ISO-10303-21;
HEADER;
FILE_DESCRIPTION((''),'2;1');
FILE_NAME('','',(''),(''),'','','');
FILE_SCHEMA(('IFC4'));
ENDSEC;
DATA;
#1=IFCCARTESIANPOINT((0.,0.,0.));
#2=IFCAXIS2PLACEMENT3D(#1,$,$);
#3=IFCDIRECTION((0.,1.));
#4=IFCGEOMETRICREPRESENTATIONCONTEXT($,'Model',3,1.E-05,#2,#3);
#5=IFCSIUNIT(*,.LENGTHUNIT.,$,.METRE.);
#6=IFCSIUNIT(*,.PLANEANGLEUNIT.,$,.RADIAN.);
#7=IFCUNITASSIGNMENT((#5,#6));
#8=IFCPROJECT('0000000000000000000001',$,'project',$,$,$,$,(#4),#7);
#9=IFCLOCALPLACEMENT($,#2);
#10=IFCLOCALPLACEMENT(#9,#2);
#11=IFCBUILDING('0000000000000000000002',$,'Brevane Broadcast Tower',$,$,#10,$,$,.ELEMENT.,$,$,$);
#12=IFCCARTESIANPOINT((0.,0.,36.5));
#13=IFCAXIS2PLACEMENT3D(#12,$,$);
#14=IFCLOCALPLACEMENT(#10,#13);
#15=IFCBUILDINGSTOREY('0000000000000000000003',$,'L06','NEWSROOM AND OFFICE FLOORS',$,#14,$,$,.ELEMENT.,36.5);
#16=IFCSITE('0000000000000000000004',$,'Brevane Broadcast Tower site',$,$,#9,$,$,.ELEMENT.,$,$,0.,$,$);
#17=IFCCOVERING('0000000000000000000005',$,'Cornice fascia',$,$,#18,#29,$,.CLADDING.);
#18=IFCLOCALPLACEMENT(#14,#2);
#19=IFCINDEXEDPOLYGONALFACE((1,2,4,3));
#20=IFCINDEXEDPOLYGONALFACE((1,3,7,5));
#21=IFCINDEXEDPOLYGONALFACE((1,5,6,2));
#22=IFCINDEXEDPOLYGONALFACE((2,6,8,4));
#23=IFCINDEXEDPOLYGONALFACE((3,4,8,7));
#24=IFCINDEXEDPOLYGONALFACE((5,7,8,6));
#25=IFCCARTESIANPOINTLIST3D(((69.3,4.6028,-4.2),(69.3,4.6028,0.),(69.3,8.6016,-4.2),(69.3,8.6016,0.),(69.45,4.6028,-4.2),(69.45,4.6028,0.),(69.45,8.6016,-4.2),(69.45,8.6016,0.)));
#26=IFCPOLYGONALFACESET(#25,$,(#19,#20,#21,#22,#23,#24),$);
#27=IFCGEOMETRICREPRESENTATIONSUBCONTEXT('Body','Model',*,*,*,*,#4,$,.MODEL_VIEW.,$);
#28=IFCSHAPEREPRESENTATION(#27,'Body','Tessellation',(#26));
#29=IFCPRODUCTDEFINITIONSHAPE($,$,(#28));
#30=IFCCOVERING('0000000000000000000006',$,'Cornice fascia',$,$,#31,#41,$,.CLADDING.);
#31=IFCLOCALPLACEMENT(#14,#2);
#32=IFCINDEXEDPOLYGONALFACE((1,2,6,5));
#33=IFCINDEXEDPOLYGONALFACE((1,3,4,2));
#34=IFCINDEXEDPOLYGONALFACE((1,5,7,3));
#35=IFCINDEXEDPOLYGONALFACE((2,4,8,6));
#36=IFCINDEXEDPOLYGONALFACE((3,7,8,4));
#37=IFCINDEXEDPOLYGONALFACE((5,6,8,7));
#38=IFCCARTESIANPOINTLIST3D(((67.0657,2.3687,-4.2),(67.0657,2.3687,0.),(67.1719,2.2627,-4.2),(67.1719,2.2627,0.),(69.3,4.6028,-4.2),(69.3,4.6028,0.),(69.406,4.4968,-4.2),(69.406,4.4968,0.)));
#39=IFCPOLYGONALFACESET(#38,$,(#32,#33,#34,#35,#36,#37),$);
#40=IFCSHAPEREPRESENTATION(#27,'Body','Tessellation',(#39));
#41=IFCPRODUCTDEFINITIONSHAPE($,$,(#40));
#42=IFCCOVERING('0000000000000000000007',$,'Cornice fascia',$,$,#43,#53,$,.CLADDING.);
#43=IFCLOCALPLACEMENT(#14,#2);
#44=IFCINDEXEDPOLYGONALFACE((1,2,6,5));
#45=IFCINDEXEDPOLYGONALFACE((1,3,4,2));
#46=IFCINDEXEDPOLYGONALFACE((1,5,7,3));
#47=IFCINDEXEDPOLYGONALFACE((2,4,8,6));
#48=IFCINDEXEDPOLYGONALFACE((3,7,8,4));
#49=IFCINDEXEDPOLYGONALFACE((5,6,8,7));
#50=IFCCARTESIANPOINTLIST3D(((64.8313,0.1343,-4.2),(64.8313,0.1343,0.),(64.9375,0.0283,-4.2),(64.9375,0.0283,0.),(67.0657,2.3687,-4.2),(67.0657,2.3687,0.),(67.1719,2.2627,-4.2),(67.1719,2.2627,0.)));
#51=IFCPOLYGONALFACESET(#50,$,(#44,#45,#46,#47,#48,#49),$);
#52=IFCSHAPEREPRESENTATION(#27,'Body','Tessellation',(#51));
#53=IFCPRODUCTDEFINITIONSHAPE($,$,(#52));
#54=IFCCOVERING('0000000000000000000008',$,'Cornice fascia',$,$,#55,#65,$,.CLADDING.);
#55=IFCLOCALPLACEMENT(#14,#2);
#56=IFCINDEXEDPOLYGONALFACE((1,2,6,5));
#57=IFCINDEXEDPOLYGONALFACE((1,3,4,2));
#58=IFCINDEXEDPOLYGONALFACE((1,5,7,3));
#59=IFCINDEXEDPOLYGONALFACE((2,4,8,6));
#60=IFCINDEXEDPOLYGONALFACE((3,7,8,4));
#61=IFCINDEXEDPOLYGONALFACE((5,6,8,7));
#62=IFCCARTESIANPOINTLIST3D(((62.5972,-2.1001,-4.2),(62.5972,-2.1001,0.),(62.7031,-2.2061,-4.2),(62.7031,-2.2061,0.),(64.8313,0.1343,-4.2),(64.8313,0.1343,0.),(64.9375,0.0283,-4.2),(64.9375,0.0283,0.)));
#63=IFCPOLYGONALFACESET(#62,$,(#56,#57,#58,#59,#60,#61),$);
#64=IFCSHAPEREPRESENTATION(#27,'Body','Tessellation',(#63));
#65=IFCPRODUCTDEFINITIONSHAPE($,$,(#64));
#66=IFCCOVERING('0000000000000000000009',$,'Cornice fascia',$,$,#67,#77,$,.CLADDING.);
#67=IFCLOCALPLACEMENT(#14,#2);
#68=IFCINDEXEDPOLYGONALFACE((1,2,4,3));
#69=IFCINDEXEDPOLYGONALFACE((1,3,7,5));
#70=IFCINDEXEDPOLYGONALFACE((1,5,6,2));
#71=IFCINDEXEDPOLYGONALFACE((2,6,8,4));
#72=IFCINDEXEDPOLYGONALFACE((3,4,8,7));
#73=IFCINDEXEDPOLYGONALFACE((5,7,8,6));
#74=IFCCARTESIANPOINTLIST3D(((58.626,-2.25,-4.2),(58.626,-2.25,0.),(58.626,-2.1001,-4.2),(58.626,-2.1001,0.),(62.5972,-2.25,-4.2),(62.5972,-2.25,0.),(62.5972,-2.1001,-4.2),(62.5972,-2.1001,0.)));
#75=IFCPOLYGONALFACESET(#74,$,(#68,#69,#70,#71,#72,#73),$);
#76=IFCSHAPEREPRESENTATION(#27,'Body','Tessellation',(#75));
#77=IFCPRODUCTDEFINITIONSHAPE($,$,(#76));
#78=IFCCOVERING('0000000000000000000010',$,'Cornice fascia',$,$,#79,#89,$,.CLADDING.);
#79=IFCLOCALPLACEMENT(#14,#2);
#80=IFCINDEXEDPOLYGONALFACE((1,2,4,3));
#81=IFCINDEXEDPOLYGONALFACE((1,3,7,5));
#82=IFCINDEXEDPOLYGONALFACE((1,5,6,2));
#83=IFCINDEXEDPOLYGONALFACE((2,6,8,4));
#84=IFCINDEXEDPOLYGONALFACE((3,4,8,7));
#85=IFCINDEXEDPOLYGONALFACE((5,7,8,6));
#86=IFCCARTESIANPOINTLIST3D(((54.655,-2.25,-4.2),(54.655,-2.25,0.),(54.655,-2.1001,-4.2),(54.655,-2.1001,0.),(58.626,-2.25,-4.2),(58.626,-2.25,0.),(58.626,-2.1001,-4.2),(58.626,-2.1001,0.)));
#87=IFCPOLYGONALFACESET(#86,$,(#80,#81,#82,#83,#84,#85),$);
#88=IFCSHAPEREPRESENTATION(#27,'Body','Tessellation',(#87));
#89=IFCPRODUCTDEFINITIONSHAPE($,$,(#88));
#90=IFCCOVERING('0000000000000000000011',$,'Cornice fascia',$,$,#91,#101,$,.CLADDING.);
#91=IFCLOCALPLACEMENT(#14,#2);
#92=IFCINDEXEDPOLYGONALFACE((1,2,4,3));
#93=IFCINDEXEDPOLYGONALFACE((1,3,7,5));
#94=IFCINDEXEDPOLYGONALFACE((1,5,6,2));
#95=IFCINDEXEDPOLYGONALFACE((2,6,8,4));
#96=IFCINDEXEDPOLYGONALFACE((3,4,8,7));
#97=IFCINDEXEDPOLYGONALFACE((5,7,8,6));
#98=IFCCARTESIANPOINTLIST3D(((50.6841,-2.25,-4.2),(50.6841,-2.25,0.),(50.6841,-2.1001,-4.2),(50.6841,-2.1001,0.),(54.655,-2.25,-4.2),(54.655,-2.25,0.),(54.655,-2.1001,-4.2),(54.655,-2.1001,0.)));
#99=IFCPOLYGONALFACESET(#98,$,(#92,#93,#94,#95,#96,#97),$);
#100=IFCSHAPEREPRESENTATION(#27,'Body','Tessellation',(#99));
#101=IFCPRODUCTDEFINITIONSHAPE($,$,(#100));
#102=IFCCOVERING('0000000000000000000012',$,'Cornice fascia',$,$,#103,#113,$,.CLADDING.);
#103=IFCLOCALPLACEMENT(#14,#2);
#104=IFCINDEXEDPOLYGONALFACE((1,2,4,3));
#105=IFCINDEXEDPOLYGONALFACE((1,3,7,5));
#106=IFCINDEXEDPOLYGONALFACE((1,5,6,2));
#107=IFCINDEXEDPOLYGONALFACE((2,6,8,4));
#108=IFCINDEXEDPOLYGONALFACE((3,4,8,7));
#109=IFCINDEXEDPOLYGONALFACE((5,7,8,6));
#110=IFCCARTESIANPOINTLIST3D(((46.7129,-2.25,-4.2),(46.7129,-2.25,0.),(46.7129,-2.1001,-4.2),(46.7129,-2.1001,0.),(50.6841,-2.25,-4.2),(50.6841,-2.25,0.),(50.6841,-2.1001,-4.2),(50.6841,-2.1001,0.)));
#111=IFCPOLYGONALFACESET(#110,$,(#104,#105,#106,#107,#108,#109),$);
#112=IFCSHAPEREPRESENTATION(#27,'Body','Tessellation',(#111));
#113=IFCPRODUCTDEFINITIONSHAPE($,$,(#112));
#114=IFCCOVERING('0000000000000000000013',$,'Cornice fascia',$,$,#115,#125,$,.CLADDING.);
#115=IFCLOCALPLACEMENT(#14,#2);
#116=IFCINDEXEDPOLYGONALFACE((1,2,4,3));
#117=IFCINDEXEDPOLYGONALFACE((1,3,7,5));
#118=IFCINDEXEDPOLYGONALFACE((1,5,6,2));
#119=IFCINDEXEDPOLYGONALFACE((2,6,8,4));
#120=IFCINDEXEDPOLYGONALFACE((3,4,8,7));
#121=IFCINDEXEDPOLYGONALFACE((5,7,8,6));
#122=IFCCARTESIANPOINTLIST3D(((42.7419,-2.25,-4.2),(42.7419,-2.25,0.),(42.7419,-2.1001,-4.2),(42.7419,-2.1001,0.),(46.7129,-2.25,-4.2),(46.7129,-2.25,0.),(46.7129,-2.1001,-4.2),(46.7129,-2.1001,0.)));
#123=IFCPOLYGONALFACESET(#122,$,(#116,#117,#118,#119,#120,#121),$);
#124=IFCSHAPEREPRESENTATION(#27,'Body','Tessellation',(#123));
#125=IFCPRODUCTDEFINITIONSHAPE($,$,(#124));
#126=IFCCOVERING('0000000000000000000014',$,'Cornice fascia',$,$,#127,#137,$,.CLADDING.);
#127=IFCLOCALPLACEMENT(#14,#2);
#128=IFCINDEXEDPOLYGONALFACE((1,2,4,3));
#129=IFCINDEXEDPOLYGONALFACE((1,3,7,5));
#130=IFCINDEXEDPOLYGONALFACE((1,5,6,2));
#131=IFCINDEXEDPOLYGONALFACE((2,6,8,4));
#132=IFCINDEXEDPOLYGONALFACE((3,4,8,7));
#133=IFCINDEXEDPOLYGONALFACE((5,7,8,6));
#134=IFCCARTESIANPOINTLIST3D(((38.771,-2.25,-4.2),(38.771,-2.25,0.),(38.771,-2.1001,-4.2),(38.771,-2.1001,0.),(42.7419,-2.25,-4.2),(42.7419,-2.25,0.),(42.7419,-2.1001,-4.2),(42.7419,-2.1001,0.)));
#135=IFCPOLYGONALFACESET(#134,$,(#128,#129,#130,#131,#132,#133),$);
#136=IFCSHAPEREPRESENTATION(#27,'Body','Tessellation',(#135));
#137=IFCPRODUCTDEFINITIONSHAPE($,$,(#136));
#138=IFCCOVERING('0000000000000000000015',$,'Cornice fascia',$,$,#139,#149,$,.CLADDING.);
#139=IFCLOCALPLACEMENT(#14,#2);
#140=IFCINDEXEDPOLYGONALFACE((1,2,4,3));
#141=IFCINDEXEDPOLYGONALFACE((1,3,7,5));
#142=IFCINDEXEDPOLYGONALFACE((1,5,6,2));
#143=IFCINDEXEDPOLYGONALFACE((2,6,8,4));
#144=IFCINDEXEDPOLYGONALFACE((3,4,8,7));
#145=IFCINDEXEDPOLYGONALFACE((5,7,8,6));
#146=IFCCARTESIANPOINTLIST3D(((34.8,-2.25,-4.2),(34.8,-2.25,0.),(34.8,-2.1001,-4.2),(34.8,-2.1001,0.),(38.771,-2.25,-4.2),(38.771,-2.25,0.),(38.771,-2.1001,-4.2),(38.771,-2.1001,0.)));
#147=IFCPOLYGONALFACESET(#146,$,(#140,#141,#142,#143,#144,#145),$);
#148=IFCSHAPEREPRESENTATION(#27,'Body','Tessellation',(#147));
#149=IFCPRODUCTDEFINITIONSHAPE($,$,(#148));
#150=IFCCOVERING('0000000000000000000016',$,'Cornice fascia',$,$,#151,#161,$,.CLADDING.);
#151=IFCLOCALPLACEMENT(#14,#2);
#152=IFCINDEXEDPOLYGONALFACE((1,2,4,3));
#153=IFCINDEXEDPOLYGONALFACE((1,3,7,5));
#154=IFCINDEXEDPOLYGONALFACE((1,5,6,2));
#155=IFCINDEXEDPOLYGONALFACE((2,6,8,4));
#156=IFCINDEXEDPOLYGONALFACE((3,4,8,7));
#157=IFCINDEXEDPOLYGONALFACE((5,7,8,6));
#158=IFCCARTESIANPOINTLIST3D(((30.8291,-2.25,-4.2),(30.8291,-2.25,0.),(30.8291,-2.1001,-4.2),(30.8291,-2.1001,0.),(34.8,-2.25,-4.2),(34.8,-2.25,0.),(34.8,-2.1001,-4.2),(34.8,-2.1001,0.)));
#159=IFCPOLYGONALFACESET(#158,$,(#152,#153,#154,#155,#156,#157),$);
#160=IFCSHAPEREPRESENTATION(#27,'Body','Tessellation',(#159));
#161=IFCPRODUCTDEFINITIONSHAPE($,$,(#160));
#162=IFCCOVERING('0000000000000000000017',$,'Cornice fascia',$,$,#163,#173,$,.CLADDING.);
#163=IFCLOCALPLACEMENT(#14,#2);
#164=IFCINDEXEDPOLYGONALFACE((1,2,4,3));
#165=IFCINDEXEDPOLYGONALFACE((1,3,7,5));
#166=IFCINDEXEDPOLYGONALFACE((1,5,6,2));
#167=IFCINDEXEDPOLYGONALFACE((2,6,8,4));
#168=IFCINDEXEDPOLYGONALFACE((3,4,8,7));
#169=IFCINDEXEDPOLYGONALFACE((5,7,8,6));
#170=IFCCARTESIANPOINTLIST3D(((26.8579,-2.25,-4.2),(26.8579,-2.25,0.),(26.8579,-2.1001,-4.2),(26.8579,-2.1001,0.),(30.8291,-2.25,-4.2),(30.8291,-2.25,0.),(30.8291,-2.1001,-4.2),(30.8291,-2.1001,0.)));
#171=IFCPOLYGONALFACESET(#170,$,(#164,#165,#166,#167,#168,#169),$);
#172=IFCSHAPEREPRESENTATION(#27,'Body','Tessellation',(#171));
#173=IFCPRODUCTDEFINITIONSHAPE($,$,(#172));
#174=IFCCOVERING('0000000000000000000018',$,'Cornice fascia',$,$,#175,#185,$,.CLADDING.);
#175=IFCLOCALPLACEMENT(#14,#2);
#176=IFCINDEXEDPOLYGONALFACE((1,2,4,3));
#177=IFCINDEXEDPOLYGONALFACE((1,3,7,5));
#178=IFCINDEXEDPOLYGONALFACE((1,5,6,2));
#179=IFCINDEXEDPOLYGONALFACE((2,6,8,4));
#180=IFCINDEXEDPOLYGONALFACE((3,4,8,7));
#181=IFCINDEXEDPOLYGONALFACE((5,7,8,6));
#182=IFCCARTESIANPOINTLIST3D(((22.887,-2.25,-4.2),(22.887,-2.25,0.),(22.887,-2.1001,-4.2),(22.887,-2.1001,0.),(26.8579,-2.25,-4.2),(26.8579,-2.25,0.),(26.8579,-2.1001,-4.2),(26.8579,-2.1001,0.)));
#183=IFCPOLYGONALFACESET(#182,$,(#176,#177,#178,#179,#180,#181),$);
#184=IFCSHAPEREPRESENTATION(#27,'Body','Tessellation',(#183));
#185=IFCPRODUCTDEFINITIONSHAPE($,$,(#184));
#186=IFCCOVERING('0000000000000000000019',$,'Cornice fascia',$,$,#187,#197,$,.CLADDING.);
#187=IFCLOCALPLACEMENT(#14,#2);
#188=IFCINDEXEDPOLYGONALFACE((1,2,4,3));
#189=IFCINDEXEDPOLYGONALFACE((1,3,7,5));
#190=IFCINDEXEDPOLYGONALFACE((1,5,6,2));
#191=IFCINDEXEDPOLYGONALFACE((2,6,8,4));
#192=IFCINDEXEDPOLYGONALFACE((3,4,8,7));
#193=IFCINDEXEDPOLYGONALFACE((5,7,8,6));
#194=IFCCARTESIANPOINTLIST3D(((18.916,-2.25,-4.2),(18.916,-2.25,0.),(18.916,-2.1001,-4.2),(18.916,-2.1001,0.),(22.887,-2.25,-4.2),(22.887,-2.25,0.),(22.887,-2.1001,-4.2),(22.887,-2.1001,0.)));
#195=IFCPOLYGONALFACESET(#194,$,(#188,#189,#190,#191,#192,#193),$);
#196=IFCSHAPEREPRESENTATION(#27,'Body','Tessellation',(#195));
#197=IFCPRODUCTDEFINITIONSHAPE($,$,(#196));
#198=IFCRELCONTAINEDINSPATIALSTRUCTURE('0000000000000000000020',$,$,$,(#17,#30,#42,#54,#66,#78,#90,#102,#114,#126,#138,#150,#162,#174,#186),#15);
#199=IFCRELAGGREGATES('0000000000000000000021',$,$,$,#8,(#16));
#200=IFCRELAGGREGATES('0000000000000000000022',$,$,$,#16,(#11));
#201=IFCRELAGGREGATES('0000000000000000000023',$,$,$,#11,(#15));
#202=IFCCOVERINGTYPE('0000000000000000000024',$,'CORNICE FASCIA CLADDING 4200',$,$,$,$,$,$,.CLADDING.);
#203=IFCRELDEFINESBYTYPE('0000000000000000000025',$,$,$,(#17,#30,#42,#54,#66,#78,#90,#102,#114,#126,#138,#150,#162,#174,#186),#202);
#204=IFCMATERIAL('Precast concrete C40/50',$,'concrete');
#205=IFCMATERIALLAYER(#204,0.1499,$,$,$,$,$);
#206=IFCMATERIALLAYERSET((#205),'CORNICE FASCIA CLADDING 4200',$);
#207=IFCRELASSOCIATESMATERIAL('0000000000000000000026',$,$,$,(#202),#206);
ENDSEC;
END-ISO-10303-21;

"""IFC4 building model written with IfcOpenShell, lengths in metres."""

from ifc_helpers import new_model, si_unit, direction, frame, origin, place, context, subcontext, project, spatial, polyline, outline, extrude, material, layer, layer_set, type_object, element, save


model = new_model("IFC4")

# Units and contexts
model_context = context("Model", 3, precision=1e-05, world=origin(), true_north=direction((0.0, 1.0)))
body_context = subcontext(model_context, "Body", "Model", "MODEL_VIEW")
ifc_project = project(units=[si_unit("LENGTHUNIT", "METRE"), si_unit("PLANEANGLEUNIT", "RADIAN")], contexts=[model_context])

# Site, building, storey
site_placement = place(None, origin())
site = spatial("IfcSite", under=ifc_project, at=site_placement, Name="Brevane Broadcast Tower site", CompositionType="ELEMENT", RefElevation=0.0)
building_placement = place(site_placement, origin())
building = spatial("IfcBuilding", under=site, at=building_placement, Name="Brevane Broadcast Tower", CompositionType="ELEMENT")
storey_placement = place(building_placement, frame((0.0, 0.0, 36.5)))
storey = spatial("IfcBuildingStorey", under=building, at=storey_placement, Name="L06", Description="NEWSROOM AND OFFICE FLOORS", CompositionType="ELEMENT", Elevation=36.5)

# Coverings
ifc_material = material(Name="Precast concrete C40/50", Category="concrete")
ifc_layer = layer(ifc_material, 0.1499)
ifc_layer_set = layer_set([ifc_layer], Name="CORNICE FASCIA CLADDING 4200")
covering_type = type_object("IfcCoveringType", Name="CORNICE FASCIA CLADDING 4200", PredefinedType="CLADDING", material=ifc_layer_set)
covering_1_placement = place(storey_placement, frame((0.0, 0.0, -4.2)))
element("IfcCovering", 1, at=covering_1_placement, inside=storey, type_object=covering_type, Name="Cornice fascia", PredefinedType="CLADDING", context=body_context, shape_type="SweptSolid", body=[
    extrude(outline(polyline([(69.3, 8.6016), (69.3, 4.6028), (69.45, 4.6028), (69.45, 8.6016), (69.3, 8.6016)])), origin(), (0.0, 0.0, 1.0), 4.2),
])
covering_2_placement = place(storey_placement, frame((0.0, 0.0, -4.2)))
element("IfcCovering", 2, at=covering_2_placement, inside=storey, type_object=covering_type, Name="Cornice fascia", PredefinedType="CLADDING", context=body_context, shape_type="SweptSolid", body=[
    extrude(outline(polyline([(69.3, 4.6028), (67.0657, 2.3687), (67.1719, 2.2627), (69.406, 4.4968), (69.3, 4.6028)])), origin(), (0.0, 0.0, 1.0), 4.2),
])
covering_3_placement = place(storey_placement, frame((0.0, 0.0, -4.2)))
element("IfcCovering", 3, at=covering_3_placement, inside=storey, type_object=covering_type, Name="Cornice fascia", PredefinedType="CLADDING", context=body_context, shape_type="SweptSolid", body=[
    extrude(outline(polyline([(67.0657, 2.3687), (64.8313, 0.1343), (64.9375, 0.0283), (67.1719, 2.2627), (67.0657, 2.3687)])), origin(), (0.0, 0.0, 1.0), 4.2),
])
covering_4_placement = place(storey_placement, frame((0.0, 0.0, -4.2)))
element("IfcCovering", 4, at=covering_4_placement, inside=storey, type_object=covering_type, Name="Cornice fascia", PredefinedType="CLADDING", context=body_context, shape_type="SweptSolid", body=[
    extrude(outline(polyline([(64.8313, 0.1343), (62.5972, -2.1001), (62.7031, -2.2061), (64.9375, 0.0283), (64.8313, 0.1343)])), origin(), (0.0, 0.0, 1.0), 4.2),
])
covering_5_placement = place(storey_placement, frame((0.0, 0.0, -4.2)))
element("IfcCovering", 5, at=covering_5_placement, inside=storey, type_object=covering_type, Name="Cornice fascia", PredefinedType="CLADDING", context=body_context, shape_type="SweptSolid", body=[
    extrude(outline(polyline([(62.5972, -2.1001), (58.626, -2.1001), (58.626, -2.25), (62.5972, -2.25), (62.5972, -2.1001)])), origin(), (0.0, 0.0, 1.0), 4.2),
])
covering_6_placement = place(storey_placement, frame((0.0, 0.0, -4.2)))
element("IfcCovering", 6, at=covering_6_placement, inside=storey, type_object=covering_type, Name="Cornice fascia", PredefinedType="CLADDING", context=body_context, shape_type="SweptSolid", body=[
    extrude(outline(polyline([(58.626, -2.1001), (54.655, -2.1001), (54.655, -2.25), (58.626, -2.25), (58.626, -2.1001)])), origin(), (0.0, 0.0, 1.0), 4.2),
])
covering_7_placement = place(storey_placement, frame((0.0, 0.0, -4.2)))
element("IfcCovering", 7, at=covering_7_placement, inside=storey, type_object=covering_type, Name="Cornice fascia", PredefinedType="CLADDING", context=body_context, shape_type="SweptSolid", body=[
    extrude(outline(polyline([(54.655, -2.1001), (50.6841, -2.1001), (50.6841, -2.25), (54.655, -2.25), (54.655, -2.1001)])), origin(), (0.0, 0.0, 1.0), 4.2),
])
covering_8_placement = place(storey_placement, frame((0.0, 0.0, -4.2)))
element("IfcCovering", 8, at=covering_8_placement, inside=storey, type_object=covering_type, Name="Cornice fascia", PredefinedType="CLADDING", context=body_context, shape_type="SweptSolid", body=[
    extrude(outline(polyline([(50.6841, -2.1001), (46.7129, -2.1001), (46.7129, -2.25), (50.6841, -2.25), (50.6841, -2.1001)])), origin(), (0.0, 0.0, 1.0), 4.2),
])
covering_9_placement = place(storey_placement, frame((0.0, 0.0, -4.2)))
element("IfcCovering", 9, at=covering_9_placement, inside=storey, type_object=covering_type, Name="Cornice fascia", PredefinedType="CLADDING", context=body_context, shape_type="SweptSolid", body=[
    extrude(outline(polyline([(46.7129, -2.1001), (42.7419, -2.1001), (42.7419, -2.25), (46.7129, -2.25), (46.7129, -2.1001)])), origin(), (0.0, 0.0, 1.0), 4.2),
])
covering_10_placement = place(storey_placement, frame((0.0, 0.0, -4.2)))
element("IfcCovering", 10, at=covering_10_placement, inside=storey, type_object=covering_type, Name="Cornice fascia", PredefinedType="CLADDING", context=body_context, shape_type="SweptSolid", body=[
    extrude(outline(polyline([(42.7419, -2.1001), (38.771, -2.1001), (38.771, -2.25), (42.7419, -2.25), (42.7419, -2.1001)])), origin(), (0.0, 0.0, 1.0), 4.2),
])
covering_11_placement = place(storey_placement, frame((0.0, 0.0, -4.2)))
element("IfcCovering", 11, at=covering_11_placement, inside=storey, type_object=covering_type, Name="Cornice fascia", PredefinedType="CLADDING", context=body_context, shape_type="SweptSolid", body=[
    extrude(outline(polyline([(38.771, -2.1001), (34.8, -2.1001), (34.8, -2.25), (38.771, -2.25), (38.771, -2.1001)])), origin(), (0.0, 0.0, 1.0), 4.2),
])
covering_12_placement = place(storey_placement, frame((0.0, 0.0, -4.2)))
element("IfcCovering", 12, at=covering_12_placement, inside=storey, type_object=covering_type, Name="Cornice fascia", PredefinedType="CLADDING", context=body_context, shape_type="SweptSolid", body=[
    extrude(outline(polyline([(34.8, -2.1001), (30.8291, -2.1001), (30.8291, -2.25), (34.8, -2.25), (34.8, -2.1001)])), origin(), (0.0, 0.0, 1.0), 4.2),
])
covering_13_placement = place(storey_placement, frame((0.0, 0.0, -4.2)))
element("IfcCovering", 13, at=covering_13_placement, inside=storey, type_object=covering_type, Name="Cornice fascia", PredefinedType="CLADDING", context=body_context, shape_type="SweptSolid", body=[
    extrude(outline(polyline([(30.8291, -2.1001), (26.8579, -2.1001), (26.8579, -2.25), (30.8291, -2.25), (30.8291, -2.1001)])), origin(), (0.0, 0.0, 1.0), 4.2),
])
covering_14_placement = place(storey_placement, frame((0.0, 0.0, -4.2)))
element("IfcCovering", 14, at=covering_14_placement, inside=storey, type_object=covering_type, Name="Cornice fascia", PredefinedType="CLADDING", context=body_context, shape_type="SweptSolid", body=[
    extrude(outline(polyline([(26.8579, -2.1001), (22.887, -2.1001), (22.887, -2.25), (26.8579, -2.25), (26.8579, -2.1001)])), origin(), (0.0, 0.0, 1.0), 4.2),
])
covering_15_placement = place(storey_placement, frame((0.0, 0.0, -4.2)))
element("IfcCovering", 15, at=covering_15_placement, inside=storey, type_object=covering_type, Name="Cornice fascia", PredefinedType="CLADDING", context=body_context, shape_type="SweptSolid", body=[
    extrude(outline(polyline([(22.887, -2.1001), (18.916, -2.1001), (18.916, -2.25), (22.887, -2.25), (22.887, -2.1001)])), origin(), (0.0, 0.0, 1.0), 4.2),
])

save(model, "model.ifc")
